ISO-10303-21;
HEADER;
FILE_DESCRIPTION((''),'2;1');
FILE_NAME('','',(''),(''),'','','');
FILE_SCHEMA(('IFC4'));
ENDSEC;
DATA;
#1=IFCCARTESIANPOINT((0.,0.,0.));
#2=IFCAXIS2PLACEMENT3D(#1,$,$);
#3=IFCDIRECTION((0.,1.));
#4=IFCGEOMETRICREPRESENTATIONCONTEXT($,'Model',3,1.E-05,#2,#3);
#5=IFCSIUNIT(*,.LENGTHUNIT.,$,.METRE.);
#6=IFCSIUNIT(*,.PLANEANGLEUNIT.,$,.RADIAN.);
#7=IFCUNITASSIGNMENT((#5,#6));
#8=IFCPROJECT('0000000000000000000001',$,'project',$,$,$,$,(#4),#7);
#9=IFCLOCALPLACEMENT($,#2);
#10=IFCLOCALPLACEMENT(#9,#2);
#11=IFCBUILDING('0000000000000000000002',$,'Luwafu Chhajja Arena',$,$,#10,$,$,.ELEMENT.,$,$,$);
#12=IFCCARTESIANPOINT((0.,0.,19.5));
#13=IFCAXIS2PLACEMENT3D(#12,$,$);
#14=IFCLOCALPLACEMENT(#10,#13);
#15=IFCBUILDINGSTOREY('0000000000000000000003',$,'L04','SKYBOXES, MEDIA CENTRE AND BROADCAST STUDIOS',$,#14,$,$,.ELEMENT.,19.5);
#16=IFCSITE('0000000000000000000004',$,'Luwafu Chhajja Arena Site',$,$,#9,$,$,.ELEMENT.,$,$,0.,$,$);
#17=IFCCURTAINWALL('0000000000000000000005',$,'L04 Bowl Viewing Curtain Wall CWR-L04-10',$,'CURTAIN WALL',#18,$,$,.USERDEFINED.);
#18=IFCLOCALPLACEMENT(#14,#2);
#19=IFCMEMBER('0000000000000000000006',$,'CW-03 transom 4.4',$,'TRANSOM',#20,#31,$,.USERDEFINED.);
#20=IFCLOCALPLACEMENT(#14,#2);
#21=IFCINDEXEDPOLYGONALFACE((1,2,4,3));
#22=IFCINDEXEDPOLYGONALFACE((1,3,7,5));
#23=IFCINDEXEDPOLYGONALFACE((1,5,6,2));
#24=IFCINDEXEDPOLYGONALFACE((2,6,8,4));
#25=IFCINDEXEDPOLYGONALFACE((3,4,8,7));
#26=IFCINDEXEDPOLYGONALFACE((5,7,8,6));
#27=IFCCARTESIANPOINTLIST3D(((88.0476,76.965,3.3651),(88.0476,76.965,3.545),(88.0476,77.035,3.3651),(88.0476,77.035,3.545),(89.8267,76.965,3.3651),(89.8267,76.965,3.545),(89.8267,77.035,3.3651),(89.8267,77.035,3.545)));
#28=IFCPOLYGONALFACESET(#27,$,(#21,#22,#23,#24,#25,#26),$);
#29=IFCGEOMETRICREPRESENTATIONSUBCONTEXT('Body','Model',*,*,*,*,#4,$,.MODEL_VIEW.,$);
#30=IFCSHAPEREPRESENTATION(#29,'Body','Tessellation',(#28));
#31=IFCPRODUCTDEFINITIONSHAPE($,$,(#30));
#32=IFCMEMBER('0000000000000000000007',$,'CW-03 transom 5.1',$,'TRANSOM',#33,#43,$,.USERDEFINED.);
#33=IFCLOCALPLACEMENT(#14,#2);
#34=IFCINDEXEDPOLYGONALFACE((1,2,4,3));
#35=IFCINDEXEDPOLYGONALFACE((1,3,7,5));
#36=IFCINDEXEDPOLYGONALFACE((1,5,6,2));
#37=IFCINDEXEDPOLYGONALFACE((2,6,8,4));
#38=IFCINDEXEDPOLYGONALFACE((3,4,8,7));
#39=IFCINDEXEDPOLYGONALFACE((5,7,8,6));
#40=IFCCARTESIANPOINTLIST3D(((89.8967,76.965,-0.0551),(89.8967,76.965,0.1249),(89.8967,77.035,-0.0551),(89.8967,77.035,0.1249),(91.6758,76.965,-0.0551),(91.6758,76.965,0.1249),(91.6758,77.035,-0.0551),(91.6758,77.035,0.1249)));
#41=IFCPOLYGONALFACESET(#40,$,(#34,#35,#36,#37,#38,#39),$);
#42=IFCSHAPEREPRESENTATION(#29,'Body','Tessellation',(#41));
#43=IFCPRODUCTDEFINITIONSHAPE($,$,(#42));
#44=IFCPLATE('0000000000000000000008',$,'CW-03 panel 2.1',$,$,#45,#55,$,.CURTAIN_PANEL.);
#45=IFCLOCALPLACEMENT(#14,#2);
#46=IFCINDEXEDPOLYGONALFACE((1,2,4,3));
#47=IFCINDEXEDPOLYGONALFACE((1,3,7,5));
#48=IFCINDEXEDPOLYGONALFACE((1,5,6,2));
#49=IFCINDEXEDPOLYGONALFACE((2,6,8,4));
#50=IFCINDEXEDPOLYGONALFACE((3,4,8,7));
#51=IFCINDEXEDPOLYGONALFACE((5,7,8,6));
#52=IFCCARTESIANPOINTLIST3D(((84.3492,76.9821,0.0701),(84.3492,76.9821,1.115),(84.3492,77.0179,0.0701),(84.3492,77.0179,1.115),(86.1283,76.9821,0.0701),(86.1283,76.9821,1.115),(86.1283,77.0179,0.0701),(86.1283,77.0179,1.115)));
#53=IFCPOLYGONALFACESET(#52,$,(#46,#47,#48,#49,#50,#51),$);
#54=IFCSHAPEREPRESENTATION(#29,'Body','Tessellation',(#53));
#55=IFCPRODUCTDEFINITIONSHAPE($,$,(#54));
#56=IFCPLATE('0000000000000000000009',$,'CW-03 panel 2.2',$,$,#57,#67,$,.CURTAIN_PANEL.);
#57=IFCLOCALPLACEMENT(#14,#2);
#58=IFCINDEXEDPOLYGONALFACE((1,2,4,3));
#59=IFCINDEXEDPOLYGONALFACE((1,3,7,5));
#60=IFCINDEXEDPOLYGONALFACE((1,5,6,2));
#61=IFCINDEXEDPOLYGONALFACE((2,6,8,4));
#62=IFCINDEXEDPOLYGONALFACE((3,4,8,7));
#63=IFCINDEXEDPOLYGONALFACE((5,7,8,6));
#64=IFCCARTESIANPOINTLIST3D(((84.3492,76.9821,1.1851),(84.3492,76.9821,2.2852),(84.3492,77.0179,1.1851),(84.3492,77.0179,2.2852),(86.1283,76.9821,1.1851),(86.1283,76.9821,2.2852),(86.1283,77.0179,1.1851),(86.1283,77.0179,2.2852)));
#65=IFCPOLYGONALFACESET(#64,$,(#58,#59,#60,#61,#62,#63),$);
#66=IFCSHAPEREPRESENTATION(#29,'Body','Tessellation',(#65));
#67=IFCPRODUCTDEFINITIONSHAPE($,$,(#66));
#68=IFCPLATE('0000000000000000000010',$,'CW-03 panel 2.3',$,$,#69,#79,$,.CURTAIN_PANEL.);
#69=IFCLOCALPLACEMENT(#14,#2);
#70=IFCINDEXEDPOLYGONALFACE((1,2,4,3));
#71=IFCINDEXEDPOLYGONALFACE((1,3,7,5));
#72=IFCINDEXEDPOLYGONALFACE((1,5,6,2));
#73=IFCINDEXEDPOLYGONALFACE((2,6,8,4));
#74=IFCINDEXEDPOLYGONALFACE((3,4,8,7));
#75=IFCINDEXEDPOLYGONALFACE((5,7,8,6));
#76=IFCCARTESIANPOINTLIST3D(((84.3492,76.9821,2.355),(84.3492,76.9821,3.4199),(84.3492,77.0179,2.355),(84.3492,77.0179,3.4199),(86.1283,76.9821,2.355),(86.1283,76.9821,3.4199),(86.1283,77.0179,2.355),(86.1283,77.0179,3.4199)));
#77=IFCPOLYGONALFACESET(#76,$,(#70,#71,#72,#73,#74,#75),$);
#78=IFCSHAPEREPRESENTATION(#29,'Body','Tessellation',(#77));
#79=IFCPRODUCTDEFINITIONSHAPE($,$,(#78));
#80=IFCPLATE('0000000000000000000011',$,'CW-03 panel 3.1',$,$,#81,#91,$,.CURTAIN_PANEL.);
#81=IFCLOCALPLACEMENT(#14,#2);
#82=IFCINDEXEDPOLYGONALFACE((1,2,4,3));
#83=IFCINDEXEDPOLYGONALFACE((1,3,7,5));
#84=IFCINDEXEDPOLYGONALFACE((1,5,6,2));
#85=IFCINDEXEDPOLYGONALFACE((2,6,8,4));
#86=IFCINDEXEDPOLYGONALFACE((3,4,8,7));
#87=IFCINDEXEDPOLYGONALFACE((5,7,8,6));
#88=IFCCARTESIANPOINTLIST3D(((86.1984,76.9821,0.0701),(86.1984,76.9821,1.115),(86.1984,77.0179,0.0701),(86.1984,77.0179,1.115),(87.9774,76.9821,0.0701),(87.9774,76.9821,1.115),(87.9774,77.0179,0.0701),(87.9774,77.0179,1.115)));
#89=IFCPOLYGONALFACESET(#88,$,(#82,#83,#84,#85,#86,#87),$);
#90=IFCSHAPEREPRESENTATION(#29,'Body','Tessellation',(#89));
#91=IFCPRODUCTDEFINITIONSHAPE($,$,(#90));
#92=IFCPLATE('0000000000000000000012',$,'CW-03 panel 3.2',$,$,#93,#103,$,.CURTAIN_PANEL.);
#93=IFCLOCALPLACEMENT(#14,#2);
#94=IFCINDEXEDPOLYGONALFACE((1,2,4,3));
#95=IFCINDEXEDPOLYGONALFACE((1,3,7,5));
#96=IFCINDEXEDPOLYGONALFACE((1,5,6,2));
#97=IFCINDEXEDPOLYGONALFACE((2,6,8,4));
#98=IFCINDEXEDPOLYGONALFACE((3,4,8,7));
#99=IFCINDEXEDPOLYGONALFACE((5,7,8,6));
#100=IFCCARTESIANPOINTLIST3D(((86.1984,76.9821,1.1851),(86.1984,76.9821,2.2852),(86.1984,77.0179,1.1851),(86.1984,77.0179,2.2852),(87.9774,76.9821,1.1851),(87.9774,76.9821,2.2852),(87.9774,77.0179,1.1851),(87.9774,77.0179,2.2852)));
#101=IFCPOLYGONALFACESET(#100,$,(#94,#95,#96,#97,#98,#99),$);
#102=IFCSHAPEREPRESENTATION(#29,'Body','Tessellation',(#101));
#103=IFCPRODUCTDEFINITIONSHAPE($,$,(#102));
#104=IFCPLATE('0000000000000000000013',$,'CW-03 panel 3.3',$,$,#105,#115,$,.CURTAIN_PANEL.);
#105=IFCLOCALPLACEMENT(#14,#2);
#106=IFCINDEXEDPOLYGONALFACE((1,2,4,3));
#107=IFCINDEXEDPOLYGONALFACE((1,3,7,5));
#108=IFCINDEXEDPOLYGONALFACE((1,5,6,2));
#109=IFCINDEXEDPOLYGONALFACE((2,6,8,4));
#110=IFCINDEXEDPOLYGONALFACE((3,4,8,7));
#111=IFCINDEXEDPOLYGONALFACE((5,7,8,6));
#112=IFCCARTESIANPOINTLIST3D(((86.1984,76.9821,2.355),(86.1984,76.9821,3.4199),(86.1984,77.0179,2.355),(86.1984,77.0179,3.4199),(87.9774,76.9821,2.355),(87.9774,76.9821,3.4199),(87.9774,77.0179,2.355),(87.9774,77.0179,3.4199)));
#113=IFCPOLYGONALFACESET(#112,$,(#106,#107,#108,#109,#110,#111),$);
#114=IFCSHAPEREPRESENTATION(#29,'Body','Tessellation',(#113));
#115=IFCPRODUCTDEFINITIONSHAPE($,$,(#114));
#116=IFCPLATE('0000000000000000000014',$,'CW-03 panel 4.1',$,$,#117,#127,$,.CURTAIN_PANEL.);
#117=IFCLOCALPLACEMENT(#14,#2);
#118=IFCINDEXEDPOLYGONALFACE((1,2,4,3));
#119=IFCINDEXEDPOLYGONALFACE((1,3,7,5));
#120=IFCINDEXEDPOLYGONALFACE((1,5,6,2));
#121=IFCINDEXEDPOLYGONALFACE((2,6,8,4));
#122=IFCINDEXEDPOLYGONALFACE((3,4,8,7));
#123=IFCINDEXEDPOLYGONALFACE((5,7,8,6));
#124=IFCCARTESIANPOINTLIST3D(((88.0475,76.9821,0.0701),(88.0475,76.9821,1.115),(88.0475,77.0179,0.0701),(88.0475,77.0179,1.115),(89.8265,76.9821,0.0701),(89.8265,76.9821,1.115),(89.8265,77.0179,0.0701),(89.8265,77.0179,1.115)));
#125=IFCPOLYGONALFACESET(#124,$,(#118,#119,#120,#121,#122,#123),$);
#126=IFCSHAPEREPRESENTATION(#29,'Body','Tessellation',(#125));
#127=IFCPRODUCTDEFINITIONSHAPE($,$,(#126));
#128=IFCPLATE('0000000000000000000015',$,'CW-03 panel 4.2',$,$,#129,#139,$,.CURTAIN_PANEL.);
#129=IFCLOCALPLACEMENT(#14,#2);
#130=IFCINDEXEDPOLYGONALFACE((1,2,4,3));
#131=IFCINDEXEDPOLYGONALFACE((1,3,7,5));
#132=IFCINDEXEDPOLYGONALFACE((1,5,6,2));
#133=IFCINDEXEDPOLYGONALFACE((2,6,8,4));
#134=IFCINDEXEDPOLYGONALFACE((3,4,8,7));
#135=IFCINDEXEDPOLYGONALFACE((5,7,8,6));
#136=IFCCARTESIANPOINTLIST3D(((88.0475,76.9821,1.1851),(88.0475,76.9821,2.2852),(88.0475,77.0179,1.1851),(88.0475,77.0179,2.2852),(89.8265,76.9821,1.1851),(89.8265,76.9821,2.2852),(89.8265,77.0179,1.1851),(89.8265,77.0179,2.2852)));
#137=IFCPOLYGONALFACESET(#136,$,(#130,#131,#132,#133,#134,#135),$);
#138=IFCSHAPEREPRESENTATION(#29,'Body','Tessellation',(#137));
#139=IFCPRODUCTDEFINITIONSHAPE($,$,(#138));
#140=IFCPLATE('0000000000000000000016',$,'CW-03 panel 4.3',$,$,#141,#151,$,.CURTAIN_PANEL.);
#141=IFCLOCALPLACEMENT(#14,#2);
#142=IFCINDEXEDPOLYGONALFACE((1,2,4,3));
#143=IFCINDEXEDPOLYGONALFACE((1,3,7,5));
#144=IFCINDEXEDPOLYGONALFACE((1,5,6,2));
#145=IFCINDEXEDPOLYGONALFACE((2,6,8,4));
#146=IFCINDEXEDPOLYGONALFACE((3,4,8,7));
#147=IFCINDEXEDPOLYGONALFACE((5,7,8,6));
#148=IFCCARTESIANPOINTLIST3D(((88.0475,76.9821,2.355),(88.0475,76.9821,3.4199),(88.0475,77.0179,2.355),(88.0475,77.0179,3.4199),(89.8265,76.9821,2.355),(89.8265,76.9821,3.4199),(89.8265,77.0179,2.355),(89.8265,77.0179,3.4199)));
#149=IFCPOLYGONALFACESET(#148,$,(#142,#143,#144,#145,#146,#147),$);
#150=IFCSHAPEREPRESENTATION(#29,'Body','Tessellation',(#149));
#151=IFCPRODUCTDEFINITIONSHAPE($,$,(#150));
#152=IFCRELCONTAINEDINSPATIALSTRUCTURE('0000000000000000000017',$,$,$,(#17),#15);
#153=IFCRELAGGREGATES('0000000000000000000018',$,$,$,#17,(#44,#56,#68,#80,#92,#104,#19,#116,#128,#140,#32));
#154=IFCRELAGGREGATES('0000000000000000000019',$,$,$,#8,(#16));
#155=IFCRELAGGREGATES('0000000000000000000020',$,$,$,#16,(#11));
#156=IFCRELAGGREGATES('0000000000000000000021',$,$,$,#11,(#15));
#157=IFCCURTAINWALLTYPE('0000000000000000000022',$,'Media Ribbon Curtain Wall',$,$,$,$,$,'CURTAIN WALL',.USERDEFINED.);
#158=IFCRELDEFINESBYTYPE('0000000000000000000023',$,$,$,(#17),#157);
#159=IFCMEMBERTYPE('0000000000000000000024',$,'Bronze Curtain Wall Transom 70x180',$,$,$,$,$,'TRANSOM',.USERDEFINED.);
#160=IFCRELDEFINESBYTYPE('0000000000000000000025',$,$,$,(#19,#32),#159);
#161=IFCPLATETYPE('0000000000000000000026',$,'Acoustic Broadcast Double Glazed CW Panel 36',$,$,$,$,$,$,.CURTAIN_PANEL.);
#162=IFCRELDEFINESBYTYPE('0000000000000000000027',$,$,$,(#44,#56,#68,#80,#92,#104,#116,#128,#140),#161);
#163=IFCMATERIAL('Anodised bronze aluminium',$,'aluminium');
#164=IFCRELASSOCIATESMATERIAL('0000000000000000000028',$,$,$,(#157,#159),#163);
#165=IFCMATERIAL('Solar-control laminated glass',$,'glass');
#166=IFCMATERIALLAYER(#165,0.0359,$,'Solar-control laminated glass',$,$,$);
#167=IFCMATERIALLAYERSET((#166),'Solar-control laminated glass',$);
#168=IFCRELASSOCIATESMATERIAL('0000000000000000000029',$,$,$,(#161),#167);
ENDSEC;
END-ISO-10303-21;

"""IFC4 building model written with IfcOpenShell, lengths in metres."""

from ifc_helpers import new_model, si_unit, direction, frame, origin, origin_2d, place, context, subcontext, project, spatial, rectangle, extrude, material, layer, layer_set, material_profile, profile_set, type_object, element, aggregate, save


model = new_model("IFC4")

# Units and contexts
model_context = context("Model", 3, precision=1e-05, world=origin(), true_north=direction((0.0, 1.0)))
body_context = subcontext(model_context, "Body", "Model", "MODEL_VIEW")
ifc_project = project(units=[si_unit("LENGTHUNIT", "METRE"), si_unit("PLANEANGLEUNIT", "RADIAN")], contexts=[model_context])

# Site, building, storey
site_placement = place(None, origin())
site = spatial("IfcSite", under=ifc_project, at=site_placement, Name="Luwafu Chhajja Arena Site", CompositionType="ELEMENT", RefElevation=0.0)
building_placement = place(site_placement, origin())
building = spatial("IfcBuilding", under=site, at=building_placement, Name="Luwafu Chhajja Arena", CompositionType="ELEMENT")
storey_placement = place(building_placement, frame((0.0, 0.0, 19.5)))
storey = spatial("IfcBuildingStorey", under=building, at=storey_placement, Name="L04", Description="SKYBOXES, MEDIA CENTRE AND BROADCAST STUDIOS", CompositionType="ELEMENT", Elevation=19.5)

# Curtain wall, members, plates
ifc_material_1 = material(Name="Anodised bronze aluminium", Category="aluminium")
curtain_wall_type = type_object("IfcCurtainWallType", Name="Media Ribbon Curtain Wall", ElementType="CURTAIN WALL", PredefinedType="USERDEFINED", material=ifc_material_1)
curtain_wall_placement = place(storey_placement, origin())
curtain_wall = element("IfcCurtainWall", 1, at=curtain_wall_placement, inside=storey, type_object=curtain_wall_type, Name="L04 Bowl Viewing Curtain Wall CWR-L04-10", ObjectType="CURTAIN WALL", PredefinedType="USERDEFINED")
ifc_material_profile_1 = material_profile(ifc_material_1, rectangle(XDim=0.0701, YDim=0.1799, at=origin_2d()), Name="CWT 70x180")
ifc_profile_set_1 = profile_set([ifc_material_profile_1], Name="Anodised bronze aluminium")
member_type_1 = type_object("IfcMemberType", Name="Bronze Curtain Wall Transom 70x180", ElementType="TRANSOM", PredefinedType="USERDEFINED", material=ifc_profile_set_1)
member_1_placement = place(storey_placement, frame((88.0476, 77.0, 3.4551), z_axis=(1.0, 0.0, 0.0), x_axis=(0.0, 1.0, 0.0)))
member_1 = element("IfcMember", 2, at=member_1_placement, type_object=member_type_1, Name="CW-03 transom 4.4", ObjectType="TRANSOM", PredefinedType="USERDEFINED", context=body_context, shape_type="SweptSolid", body=[
    extrude(rectangle(XDim=0.0701, YDim=0.1799, at=origin_2d()), origin(), (0.0, 0.0, 1.0), 1.7791),
])
member_2_placement = place(storey_placement, frame((89.8967, 77.0, 0.0349), z_axis=(1.0, 0.0, 0.0), x_axis=(0.0, 1.0, 0.0)))
member_2 = element("IfcMember", 3, at=member_2_placement, type_object=member_type_1, Name="CW-03 transom 5.1", ObjectType="TRANSOM", PredefinedType="USERDEFINED", context=body_context, shape_type="SweptSolid", body=[
    extrude(rectangle(XDim=0.0701, YDim=0.1799, at=origin_2d()), origin(), (0.0, 0.0, 1.0), 1.7791),
])
ifc_material_2 = material(Name="Solar-control laminated glass", Category="glass")
ifc_layer = layer(ifc_material_2, 0.0359, Name="Solar-control laminated glass")
ifc_layer_set = layer_set([ifc_layer], Name="Solar-control laminated glass")
plate_type = type_object("IfcPlateType", Name="Acoustic Broadcast Double Glazed CW Panel 36", PredefinedType="CURTAIN_PANEL", material=ifc_layer_set)
plate_1_placement = place(storey_placement, frame((85.2388, 77.0, 0.0701), z_axis=(0.0, 0.0, 1.0), x_axis=(1.0, 0.0, 0.0)))
plate_1 = element("IfcPlate", 4, at=plate_1_placement, type_object=plate_type, Name="CW-03 panel 2.1", PredefinedType="CURTAIN_PANEL", context=body_context, shape_type="SweptSolid", body=[
    extrude(rectangle(XDim=1.7791, YDim=0.0359, at=origin_2d()), origin(), (0.0, 0.0, 1.0), 1.0449),
])
plate_2_placement = place(storey_placement, frame((85.2388, 77.0, 1.1851), z_axis=(0.0, 0.0, 1.0), x_axis=(1.0, 0.0, 0.0)))
plate_2 = element("IfcPlate", 5, at=plate_2_placement, type_object=plate_type, Name="CW-03 panel 2.2", PredefinedType="CURTAIN_PANEL", context=body_context, shape_type="SweptSolid", body=[
    extrude(rectangle(XDim=1.7791, YDim=0.0359, at=origin_2d()), origin(), (0.0, 0.0, 1.0), 1.1001),
])
plate_3_placement = place(storey_placement, frame((85.2388, 77.0, 2.355), z_axis=(0.0, 0.0, 1.0), x_axis=(1.0, 0.0, 0.0)))
plate_3 = element("IfcPlate", 6, at=plate_3_placement, type_object=plate_type, Name="CW-03 panel 2.3", PredefinedType="CURTAIN_PANEL", context=body_context, shape_type="SweptSolid", body=[
    extrude(rectangle(XDim=1.7791, YDim=0.0359, at=origin_2d()), origin(), (0.0, 0.0, 1.0), 1.0649),
])
plate_4_placement = place(storey_placement, frame((87.0879, 77.0, 0.0701), z_axis=(0.0, 0.0, 1.0), x_axis=(1.0, 0.0, 0.0)))
plate_4 = element("IfcPlate", 7, at=plate_4_placement, type_object=plate_type, Name="CW-03 panel 3.1", PredefinedType="CURTAIN_PANEL", context=body_context, shape_type="SweptSolid", body=[
    extrude(rectangle(XDim=1.7791, YDim=0.0359, at=origin_2d()), origin(), (0.0, 0.0, 1.0), 1.0449),
])
plate_5_placement = place(storey_placement, frame((87.0879, 77.0, 1.1851), z_axis=(0.0, 0.0, 1.0), x_axis=(1.0, 0.0, 0.0)))
plate_5 = element("IfcPlate", 8, at=plate_5_placement, type_object=plate_type, Name="CW-03 panel 3.2", PredefinedType="CURTAIN_PANEL", context=body_context, shape_type="SweptSolid", body=[
    extrude(rectangle(XDim=1.7791, YDim=0.0359, at=origin_2d()), origin(), (0.0, 0.0, 1.0), 1.1001),
])
plate_6_placement = place(storey_placement, frame((87.0879, 77.0, 2.355), z_axis=(0.0, 0.0, 1.0), x_axis=(1.0, 0.0, 0.0)))
plate_6 = element("IfcPlate", 9, at=plate_6_placement, type_object=plate_type, Name="CW-03 panel 3.3", PredefinedType="CURTAIN_PANEL", context=body_context, shape_type="SweptSolid", body=[
    extrude(rectangle(XDim=1.7791, YDim=0.0359, at=origin_2d()), origin(), (0.0, 0.0, 1.0), 1.0649),
])
plate_7_placement = place(storey_placement, frame((88.937, 77.0, 0.0701), z_axis=(0.0, 0.0, 1.0), x_axis=(1.0, 0.0, 0.0)))
plate_7 = element("IfcPlate", 10, at=plate_7_placement, type_object=plate_type, Name="CW-03 panel 4.1", PredefinedType="CURTAIN_PANEL", context=body_context, shape_type="SweptSolid", body=[
    extrude(rectangle(XDim=1.7791, YDim=0.0359, at=origin_2d()), origin(), (0.0, 0.0, 1.0), 1.0449),
])
plate_8_placement = place(storey_placement, frame((88.937, 77.0, 1.1851), z_axis=(0.0, 0.0, 1.0), x_axis=(1.0, 0.0, 0.0)))
plate_8 = element("IfcPlate", 11, at=plate_8_placement, type_object=plate_type, Name="CW-03 panel 4.2", PredefinedType="CURTAIN_PANEL", context=body_context, shape_type="SweptSolid", body=[
    extrude(rectangle(XDim=1.7791, YDim=0.0359, at=origin_2d()), origin(), (0.0, 0.0, 1.0), 1.1001),
])
plate_9_placement = place(storey_placement, frame((88.937, 77.0, 2.355), z_axis=(0.0, 0.0, 1.0), x_axis=(1.0, 0.0, 0.0)))
plate_9 = element("IfcPlate", 12, at=plate_9_placement, type_object=plate_type, Name="CW-03 panel 4.3", PredefinedType="CURTAIN_PANEL", context=body_context, shape_type="SweptSolid", body=[
    extrude(rectangle(XDim=1.7791, YDim=0.0359, at=origin_2d()), origin(), (0.0, 0.0, 1.0), 1.0649),
])
aggregate(curtain_wall, [plate_1, plate_2, plate_3, plate_4, plate_5, plate_6, member_1, plate_7, plate_8, plate_9, member_2])

save(model, "model.ifc")
